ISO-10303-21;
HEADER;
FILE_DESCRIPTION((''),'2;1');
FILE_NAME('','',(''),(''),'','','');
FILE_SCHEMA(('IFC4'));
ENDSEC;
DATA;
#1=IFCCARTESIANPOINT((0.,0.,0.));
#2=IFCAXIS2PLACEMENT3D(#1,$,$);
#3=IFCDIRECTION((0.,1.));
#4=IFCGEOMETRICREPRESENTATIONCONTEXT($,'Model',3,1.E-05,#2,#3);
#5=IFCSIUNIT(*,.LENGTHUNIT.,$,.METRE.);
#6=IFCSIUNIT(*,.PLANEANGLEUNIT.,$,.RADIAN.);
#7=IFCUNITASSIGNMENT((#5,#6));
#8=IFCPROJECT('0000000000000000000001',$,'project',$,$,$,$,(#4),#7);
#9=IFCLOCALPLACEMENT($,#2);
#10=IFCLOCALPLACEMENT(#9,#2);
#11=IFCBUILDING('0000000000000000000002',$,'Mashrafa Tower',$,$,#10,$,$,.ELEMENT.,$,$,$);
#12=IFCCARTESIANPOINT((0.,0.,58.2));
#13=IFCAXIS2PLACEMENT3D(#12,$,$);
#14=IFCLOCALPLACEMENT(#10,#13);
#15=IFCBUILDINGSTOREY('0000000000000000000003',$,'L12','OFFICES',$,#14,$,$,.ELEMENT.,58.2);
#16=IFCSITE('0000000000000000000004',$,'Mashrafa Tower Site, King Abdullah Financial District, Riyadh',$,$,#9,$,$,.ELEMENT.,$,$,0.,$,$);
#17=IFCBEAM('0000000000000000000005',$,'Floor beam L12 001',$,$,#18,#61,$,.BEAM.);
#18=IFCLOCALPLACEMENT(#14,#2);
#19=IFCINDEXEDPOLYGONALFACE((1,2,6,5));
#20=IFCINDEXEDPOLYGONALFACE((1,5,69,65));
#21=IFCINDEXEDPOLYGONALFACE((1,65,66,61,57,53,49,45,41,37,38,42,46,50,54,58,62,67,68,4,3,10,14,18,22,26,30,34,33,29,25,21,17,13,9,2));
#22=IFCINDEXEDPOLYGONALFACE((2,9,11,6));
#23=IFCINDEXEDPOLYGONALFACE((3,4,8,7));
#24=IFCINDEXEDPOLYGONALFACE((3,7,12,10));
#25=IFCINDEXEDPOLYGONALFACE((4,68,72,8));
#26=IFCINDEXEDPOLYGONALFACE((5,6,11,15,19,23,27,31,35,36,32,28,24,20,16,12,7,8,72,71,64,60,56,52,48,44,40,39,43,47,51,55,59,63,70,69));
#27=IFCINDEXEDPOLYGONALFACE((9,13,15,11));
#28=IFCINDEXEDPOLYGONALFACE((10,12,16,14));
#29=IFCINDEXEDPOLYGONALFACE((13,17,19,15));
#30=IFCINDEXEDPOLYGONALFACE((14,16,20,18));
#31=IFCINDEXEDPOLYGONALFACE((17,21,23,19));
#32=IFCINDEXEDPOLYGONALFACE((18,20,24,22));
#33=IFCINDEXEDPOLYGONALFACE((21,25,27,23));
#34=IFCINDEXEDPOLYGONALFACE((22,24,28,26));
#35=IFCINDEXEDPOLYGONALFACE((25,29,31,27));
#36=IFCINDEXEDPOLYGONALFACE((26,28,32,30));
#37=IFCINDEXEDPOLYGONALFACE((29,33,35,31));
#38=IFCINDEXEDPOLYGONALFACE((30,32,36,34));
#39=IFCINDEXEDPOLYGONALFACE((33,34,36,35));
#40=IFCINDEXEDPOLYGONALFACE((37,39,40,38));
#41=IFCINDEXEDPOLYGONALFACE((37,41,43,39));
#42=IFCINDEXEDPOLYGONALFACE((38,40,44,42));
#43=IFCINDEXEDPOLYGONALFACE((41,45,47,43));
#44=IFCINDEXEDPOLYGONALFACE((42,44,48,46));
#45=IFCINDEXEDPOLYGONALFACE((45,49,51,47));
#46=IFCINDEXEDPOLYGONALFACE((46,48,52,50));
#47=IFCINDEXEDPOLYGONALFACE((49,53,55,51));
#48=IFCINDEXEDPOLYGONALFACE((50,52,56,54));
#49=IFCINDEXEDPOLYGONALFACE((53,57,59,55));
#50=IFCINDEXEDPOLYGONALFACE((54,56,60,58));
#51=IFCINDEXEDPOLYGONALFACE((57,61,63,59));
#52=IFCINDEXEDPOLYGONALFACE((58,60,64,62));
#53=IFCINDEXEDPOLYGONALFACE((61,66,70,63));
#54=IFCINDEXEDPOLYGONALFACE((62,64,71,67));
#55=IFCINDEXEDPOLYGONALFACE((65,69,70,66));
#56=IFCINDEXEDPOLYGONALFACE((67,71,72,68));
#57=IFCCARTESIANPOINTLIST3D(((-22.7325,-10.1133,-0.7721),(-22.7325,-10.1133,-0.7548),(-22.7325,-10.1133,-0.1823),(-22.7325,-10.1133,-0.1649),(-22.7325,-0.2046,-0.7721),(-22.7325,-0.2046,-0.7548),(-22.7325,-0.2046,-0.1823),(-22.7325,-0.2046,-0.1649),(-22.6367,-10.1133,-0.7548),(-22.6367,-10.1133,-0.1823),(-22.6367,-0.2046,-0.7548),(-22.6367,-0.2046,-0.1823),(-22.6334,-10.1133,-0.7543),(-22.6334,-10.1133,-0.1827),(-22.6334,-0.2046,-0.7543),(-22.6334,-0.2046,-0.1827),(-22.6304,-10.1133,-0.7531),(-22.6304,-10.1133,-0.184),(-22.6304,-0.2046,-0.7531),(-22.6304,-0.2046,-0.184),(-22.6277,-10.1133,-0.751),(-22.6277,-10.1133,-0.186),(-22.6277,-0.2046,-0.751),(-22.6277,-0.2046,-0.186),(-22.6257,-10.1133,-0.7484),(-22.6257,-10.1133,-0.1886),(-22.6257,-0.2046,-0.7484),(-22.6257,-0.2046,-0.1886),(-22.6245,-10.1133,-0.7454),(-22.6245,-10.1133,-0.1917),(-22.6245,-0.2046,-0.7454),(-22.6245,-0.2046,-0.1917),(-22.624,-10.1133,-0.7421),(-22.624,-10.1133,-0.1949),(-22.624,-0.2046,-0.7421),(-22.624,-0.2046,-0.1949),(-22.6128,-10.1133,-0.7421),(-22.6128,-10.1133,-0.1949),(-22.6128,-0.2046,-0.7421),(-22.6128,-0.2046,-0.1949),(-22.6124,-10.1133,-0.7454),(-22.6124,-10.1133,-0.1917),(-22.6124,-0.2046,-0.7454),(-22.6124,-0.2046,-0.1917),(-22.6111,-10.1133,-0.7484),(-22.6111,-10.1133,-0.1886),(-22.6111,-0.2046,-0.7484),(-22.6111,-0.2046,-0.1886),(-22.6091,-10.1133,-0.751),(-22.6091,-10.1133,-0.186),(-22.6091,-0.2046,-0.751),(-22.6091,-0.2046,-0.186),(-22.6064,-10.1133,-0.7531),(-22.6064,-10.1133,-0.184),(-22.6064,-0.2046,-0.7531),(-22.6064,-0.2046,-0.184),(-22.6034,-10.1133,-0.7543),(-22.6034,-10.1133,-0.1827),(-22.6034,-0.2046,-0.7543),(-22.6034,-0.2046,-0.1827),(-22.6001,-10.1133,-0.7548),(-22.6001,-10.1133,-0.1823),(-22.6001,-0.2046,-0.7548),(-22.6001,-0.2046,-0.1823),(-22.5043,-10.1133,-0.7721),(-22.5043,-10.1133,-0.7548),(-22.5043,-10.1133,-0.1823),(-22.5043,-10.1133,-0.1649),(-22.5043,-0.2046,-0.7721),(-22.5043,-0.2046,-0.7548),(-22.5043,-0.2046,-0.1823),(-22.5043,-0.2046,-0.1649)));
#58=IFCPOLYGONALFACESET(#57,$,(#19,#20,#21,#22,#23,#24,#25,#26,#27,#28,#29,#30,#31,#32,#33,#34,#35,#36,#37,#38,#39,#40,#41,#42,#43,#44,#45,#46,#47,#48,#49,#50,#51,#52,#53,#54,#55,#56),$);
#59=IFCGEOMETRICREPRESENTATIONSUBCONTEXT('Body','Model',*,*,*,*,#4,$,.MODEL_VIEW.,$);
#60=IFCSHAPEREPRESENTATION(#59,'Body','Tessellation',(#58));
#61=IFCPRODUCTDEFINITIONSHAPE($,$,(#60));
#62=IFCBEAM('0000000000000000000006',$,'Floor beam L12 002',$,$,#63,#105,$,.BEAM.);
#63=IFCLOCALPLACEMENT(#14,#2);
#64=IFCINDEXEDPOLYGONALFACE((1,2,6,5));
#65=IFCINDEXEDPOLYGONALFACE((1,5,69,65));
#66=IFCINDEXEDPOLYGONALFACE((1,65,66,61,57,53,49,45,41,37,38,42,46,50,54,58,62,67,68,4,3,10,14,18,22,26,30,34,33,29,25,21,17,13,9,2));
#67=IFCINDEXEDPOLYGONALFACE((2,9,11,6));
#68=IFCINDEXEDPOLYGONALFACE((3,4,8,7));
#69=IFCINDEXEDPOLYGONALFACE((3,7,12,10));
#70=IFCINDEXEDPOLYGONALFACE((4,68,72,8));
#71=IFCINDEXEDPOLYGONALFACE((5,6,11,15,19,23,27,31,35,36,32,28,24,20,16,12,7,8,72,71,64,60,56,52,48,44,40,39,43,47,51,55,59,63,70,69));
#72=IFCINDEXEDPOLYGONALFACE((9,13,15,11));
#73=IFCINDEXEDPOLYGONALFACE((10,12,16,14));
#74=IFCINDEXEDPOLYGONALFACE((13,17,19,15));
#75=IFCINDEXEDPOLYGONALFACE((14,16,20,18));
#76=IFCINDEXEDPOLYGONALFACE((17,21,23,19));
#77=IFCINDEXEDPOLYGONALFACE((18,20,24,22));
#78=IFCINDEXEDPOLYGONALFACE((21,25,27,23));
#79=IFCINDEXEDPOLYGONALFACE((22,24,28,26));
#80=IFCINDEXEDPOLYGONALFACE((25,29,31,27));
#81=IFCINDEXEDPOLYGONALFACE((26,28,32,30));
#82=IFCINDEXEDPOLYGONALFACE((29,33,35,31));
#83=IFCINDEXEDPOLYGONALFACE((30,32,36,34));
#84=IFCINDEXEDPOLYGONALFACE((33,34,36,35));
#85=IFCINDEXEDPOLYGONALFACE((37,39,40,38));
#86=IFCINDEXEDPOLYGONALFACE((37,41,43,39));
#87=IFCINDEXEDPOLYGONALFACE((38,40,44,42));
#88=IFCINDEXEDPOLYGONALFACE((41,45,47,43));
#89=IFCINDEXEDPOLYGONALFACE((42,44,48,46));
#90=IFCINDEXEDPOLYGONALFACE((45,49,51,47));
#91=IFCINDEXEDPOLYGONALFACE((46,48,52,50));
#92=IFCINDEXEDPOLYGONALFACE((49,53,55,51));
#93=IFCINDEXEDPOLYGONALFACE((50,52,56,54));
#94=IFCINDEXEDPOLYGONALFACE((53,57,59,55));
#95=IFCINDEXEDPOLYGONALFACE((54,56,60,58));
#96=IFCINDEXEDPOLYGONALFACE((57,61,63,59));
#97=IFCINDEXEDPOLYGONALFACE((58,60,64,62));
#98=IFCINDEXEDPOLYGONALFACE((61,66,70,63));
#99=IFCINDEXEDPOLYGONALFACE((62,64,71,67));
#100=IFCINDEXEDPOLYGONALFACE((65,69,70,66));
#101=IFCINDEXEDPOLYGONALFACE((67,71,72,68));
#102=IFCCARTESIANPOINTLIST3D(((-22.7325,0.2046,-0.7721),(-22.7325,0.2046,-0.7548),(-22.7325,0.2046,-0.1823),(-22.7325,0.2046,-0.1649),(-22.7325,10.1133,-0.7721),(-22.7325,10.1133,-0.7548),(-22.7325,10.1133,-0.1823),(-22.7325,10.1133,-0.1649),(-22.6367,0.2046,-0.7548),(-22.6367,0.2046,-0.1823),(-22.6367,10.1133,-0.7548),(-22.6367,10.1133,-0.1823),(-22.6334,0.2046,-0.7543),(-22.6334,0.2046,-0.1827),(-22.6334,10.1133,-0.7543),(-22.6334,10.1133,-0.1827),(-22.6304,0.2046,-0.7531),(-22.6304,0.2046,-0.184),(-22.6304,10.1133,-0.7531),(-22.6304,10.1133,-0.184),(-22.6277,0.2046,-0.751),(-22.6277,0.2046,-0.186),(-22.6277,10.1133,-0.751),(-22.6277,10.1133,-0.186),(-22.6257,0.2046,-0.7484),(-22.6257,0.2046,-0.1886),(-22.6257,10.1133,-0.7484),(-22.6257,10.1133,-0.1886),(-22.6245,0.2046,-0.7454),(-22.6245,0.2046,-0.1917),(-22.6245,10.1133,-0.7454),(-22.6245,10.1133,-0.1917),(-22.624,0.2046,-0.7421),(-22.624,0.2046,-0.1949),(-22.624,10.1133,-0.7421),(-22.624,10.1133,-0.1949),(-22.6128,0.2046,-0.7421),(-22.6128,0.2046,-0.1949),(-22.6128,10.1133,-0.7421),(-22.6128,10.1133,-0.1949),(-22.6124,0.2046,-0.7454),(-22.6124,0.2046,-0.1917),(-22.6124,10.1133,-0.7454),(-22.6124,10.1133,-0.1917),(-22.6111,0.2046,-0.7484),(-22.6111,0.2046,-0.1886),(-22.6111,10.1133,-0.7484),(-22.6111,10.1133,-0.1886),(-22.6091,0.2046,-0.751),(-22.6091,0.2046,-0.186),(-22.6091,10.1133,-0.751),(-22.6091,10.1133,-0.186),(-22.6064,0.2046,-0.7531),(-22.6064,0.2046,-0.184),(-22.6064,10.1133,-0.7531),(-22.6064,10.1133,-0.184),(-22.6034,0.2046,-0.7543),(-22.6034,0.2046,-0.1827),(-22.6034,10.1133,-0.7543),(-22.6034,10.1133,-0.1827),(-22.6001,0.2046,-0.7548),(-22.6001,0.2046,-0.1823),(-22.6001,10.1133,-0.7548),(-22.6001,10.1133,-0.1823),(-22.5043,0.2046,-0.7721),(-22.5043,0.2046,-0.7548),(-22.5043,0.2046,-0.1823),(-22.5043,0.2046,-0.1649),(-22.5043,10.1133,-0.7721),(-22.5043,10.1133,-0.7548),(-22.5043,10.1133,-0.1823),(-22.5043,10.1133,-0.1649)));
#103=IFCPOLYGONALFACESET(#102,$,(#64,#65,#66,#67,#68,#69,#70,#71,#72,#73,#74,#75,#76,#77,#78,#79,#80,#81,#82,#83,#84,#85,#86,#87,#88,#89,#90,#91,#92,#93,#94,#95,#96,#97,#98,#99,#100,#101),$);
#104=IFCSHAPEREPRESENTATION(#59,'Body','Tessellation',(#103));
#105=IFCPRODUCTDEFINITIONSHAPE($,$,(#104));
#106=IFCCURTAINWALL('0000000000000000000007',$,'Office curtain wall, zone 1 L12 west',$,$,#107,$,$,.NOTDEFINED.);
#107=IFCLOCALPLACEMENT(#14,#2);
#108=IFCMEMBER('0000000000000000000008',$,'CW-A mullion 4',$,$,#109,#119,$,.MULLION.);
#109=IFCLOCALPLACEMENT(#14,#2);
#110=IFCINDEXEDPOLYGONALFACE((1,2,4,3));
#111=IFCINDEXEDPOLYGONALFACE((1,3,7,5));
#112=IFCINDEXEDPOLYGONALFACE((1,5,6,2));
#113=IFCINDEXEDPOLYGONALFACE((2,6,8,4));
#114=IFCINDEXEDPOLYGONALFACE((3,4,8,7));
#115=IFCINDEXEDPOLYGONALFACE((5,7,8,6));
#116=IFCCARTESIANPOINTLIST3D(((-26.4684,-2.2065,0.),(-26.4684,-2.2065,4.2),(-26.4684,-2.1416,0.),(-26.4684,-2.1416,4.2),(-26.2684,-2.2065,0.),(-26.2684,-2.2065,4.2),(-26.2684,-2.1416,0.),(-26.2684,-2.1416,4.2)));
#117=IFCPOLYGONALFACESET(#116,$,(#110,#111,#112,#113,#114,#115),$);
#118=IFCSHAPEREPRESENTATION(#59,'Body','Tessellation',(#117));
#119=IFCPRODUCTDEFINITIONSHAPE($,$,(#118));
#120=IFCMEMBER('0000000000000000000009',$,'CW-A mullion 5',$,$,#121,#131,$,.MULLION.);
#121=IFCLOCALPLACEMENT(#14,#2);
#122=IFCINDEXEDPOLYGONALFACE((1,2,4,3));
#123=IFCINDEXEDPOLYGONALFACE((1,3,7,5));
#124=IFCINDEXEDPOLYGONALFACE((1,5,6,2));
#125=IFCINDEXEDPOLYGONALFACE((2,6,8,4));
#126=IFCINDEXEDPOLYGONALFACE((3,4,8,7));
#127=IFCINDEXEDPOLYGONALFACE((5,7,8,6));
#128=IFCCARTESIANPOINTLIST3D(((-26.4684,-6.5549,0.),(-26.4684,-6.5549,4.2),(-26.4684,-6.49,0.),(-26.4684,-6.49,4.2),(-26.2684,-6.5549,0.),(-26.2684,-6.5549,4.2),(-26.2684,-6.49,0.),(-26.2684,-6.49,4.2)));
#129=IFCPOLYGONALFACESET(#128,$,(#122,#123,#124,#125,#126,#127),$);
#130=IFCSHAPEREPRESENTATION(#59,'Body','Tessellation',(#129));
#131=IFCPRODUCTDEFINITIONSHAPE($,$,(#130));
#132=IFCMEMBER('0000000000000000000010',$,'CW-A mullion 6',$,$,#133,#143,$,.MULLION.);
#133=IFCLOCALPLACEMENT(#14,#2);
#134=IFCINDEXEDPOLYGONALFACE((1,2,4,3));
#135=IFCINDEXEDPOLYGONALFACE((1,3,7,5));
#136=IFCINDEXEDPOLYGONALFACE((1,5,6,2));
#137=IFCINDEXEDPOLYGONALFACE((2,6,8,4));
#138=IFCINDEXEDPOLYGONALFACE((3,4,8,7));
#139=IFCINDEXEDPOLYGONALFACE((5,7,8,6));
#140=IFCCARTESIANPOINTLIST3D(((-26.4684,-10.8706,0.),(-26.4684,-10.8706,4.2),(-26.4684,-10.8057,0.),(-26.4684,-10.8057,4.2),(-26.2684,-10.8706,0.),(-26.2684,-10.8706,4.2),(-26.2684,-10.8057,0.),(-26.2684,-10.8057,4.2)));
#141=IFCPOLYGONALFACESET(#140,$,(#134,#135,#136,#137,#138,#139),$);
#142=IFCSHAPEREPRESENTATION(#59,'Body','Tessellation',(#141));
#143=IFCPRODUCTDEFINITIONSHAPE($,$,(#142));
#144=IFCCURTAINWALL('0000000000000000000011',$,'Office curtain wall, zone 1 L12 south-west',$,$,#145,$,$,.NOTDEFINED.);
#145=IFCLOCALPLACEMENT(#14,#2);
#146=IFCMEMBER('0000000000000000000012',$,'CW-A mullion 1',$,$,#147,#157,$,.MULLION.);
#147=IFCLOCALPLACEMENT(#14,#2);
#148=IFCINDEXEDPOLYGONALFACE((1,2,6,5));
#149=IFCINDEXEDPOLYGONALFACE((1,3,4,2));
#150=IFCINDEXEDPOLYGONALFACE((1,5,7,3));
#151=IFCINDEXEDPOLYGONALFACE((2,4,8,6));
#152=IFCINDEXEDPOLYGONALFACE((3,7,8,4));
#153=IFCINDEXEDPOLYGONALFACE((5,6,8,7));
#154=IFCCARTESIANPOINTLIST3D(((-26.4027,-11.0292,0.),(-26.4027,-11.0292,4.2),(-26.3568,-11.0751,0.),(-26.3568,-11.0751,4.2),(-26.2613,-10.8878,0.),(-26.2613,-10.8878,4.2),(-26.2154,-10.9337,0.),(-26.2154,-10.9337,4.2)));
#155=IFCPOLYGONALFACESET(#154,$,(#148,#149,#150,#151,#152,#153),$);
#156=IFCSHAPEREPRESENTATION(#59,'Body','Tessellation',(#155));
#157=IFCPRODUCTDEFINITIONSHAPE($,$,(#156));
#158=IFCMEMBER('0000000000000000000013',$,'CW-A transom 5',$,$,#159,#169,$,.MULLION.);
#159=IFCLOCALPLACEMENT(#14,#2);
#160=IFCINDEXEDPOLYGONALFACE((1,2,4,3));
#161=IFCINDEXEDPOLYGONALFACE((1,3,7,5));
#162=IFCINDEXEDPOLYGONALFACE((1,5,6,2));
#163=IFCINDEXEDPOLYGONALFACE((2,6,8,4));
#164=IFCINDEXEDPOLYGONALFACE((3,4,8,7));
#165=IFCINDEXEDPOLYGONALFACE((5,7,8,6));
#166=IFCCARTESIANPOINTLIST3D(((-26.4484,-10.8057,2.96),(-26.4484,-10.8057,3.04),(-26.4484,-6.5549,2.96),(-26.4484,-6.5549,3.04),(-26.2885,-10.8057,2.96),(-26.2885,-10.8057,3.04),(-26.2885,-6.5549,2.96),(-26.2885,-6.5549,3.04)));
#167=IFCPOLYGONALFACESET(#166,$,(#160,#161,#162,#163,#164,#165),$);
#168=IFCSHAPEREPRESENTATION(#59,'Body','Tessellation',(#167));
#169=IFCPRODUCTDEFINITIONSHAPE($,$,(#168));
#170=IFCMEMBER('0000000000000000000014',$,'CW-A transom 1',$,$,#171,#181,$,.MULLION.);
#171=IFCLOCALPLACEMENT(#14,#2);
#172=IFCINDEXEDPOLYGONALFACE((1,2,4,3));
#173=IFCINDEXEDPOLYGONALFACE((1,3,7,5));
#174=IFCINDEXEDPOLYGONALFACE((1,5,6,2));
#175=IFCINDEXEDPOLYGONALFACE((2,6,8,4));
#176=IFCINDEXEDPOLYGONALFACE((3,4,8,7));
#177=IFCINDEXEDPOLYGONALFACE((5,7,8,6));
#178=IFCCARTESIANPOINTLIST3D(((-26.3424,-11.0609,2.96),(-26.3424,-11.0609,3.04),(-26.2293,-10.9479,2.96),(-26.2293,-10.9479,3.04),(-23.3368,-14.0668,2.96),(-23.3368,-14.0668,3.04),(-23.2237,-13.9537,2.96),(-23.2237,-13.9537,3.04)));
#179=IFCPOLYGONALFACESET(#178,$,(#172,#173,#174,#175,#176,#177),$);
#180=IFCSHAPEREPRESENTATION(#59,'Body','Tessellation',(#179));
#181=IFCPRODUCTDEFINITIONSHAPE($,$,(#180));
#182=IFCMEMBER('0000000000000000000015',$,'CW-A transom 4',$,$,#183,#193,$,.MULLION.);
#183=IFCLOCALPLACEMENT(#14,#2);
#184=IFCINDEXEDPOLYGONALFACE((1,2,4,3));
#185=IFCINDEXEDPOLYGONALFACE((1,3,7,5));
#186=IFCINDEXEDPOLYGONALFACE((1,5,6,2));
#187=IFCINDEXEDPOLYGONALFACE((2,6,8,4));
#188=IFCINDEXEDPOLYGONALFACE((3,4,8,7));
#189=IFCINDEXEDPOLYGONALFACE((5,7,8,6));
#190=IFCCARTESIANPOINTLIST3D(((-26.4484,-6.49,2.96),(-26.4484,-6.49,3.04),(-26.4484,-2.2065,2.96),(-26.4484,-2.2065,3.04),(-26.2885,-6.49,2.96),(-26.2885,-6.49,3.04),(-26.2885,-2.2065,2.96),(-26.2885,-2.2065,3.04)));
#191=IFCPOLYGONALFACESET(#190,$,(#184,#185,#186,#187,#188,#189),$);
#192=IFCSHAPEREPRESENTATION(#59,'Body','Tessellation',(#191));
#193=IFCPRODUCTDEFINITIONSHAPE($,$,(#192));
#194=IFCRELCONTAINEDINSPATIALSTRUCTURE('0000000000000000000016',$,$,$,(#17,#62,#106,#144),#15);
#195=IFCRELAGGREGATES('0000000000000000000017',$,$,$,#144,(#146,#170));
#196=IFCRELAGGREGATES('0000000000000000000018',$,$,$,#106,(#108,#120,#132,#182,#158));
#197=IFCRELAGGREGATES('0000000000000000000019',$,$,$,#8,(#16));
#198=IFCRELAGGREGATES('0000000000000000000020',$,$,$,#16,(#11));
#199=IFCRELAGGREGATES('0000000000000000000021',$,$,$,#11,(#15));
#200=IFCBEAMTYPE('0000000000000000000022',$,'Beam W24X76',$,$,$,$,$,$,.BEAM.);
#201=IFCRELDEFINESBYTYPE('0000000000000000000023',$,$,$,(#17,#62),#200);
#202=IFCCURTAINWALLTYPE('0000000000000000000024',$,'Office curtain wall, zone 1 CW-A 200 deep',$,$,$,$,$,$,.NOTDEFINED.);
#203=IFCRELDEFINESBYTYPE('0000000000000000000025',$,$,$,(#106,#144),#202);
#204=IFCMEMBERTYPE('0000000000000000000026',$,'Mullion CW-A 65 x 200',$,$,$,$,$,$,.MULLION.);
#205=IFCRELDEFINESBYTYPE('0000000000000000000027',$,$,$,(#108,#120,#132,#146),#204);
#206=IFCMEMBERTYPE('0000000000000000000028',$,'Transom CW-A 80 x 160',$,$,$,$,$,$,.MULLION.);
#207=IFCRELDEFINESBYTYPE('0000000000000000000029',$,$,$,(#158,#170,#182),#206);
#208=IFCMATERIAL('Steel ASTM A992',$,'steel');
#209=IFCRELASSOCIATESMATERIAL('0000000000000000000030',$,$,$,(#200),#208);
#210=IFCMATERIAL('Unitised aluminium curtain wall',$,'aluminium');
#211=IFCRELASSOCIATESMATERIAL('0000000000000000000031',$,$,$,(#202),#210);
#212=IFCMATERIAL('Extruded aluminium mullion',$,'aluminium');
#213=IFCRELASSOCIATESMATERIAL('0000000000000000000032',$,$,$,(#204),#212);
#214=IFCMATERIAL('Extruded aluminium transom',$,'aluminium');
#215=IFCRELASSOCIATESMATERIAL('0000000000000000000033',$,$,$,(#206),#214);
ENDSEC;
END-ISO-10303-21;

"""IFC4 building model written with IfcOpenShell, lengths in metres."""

from ifc_helpers import new_model, si_unit, direction, frame, origin, origin_2d, place, context, subcontext, project, spatial, rectangle, i_section, extrude, source, transform, mapped, material, material_profile, profile_set, type_object, type_shapes, element, aggregate, save


model = new_model("IFC4")

# Units and contexts
model_context = context("Model", 3, precision=1e-05, world=origin(), true_north=direction((0.0, 1.0)))
body_context = subcontext(model_context, "Body", "Model", "MODEL_VIEW")
ifc_project = project(units=[si_unit("LENGTHUNIT", "METRE"), si_unit("PLANEANGLEUNIT", "RADIAN")], contexts=[model_context])

# Site, building, storey
site_placement = place(None, origin())
site = spatial("IfcSite", under=ifc_project, at=site_placement, Name="Mashrafa Tower Site, King Abdullah Financial District, Riyadh", CompositionType="ELEMENT", RefElevation=0.0)
building_placement = place(site_placement, origin())
building = spatial("IfcBuilding", under=site, at=building_placement, Name="Mashrafa Tower", CompositionType="ELEMENT")
storey_placement = place(building_placement, frame((0.0, 0.0, 58.2)))
storey = spatial("IfcBuildingStorey", under=building, at=storey_placement, Name="L12", Description="OFFICES", CompositionType="ELEMENT", Elevation=58.2)

# Beams
ifc_material_1 = material(Name="Steel ASTM A992", Category="steel")
ifc_material_profile_1 = material_profile(ifc_material_1, i_section(OverallWidth=0.2283, OverallDepth=0.6072, WebThickness=0.0112, FlangeThickness=0.0173, FilletRadius=0.0127, at=origin_2d()), Name="W24X76")
ifc_profile_set_1 = profile_set([ifc_material_profile_1], Name="Steel ASTM A992")
beam_type_1 = type_object("IfcBeamType", Name="Beam W24X76", PredefinedType="BEAM", material=ifc_profile_set_1)
for number, where, z_axis, x_axis, name in (
    (1, (-22.6184, -10.1133, -0.4685), (0.0, 1.0, 0.0), (-1.0, 0.0, 0.0), "Floor beam L12 001"),
    (2, (-22.6184, 0.2046, -0.4685), (0.0, 1.0, 0.0), (-1.0, 0.0, 0.0), "Floor beam L12 002"),
):
    element("IfcBeam", number, at=place(storey_placement, frame(where, z_axis=z_axis, x_axis=x_axis)), inside=storey, type_object=beam_type_1, Name=name, PredefinedType="BEAM", context=body_context, shape_type="SweptSolid", body=[
        extrude(i_section(OverallWidth=0.2283, OverallDepth=0.6072, WebThickness=0.0112, FlangeThickness=0.0173, FilletRadius=0.0127, at=origin_2d()), origin(), (0.0, 0.0, 1.0), 9.9087),
    ])

# Curtain wall, members
ifc_material_2 = material(Name="Unitised aluminium curtain wall", Category="aluminium")
curtain_wall_type = type_object("IfcCurtainWallType", Name="Office curtain wall, zone 1 CW-A 200 deep", PredefinedType="NOTDEFINED", material=ifc_material_2)
curtain_wall_1_placement = place(storey_placement, origin())
curtain_wall_1 = element("IfcCurtainWall", 3, at=curtain_wall_1_placement, inside=storey, type_object=curtain_wall_type, Name="Office curtain wall, zone 1 L12 west", PredefinedType="NOTDEFINED")
ifc_material_3 = material(Name="Extruded aluminium mullion", Category="aluminium")
ifc_material_profile_2 = material_profile(ifc_material_3, rectangle(XDim=0.2, YDim=0.0649, at=origin_2d()), Name="Mullion 65x200")
ifc_profile_set_2 = profile_set([ifc_material_profile_2], Name="Extruded aluminium mullion")
member_type_1 = type_object("IfcMemberType", Name="Mullion CW-A 65 x 200", PredefinedType="MULLION", material=ifc_profile_set_2)
shared_shape_1 = source(origin(), body_context, "Body", "SweptSolid", [
    extrude(rectangle(XDim=0.2, YDim=0.0649, at=origin_2d()), origin(), (0.0, 0.0, 1.0), 4.2),
])
type_shapes(member_type_1, [shared_shape_1])
member_1_placement = place(storey_placement, frame((-26.3684, -2.1741, 0.0), z_axis=(0.0, 0.0, 1.0), x_axis=(1.0, 0.0, 0.0)))
member_1 = element("IfcMember", 4, at=member_1_placement, type_object=member_type_1, Name="CW-A mullion 4", PredefinedType="MULLION", context=body_context, shape_type="MappedRepresentation", body=[
    mapped(shared_shape_1, transform((0.0, 0.0, 0.0))),
])
member_2_placement = place(storey_placement, frame((-26.3684, -6.5225, 0.0), z_axis=(0.0, 0.0, 1.0), x_axis=(1.0, 0.0, 0.0)))
member_2 = element("IfcMember", 5, at=member_2_placement, type_object=member_type_1, Name="CW-A mullion 5", PredefinedType="MULLION", context=body_context, shape_type="MappedRepresentation", body=[
    mapped(shared_shape_1, transform((0.0, 0.0, 0.0))),
])
member_3_placement = place(storey_placement, frame((-26.3684, -10.8381, 0.0), z_axis=(0.0, 0.0, 1.0), x_axis=(1.0, 0.0, 0.0)))
member_3 = element("IfcMember", 6, at=member_3_placement, type_object=member_type_1, Name="CW-A mullion 6", PredefinedType="MULLION", context=body_context, shape_type="MappedRepresentation", body=[
    mapped(shared_shape_1, transform((0.0, 0.0, 0.0))),
])

# Curtain wall, member
curtain_wall_2_placement = place(storey_placement, origin())
curtain_wall_2 = element("IfcCurtainWall", 7, at=curtain_wall_2_placement, inside=storey, type_object=curtain_wall_type, Name="Office curtain wall, zone 1 L12 south-west", PredefinedType="NOTDEFINED")
member_4_placement = place(storey_placement, frame((-26.3091, -10.9814, 0.0), z_axis=(0.0, 0.0, 1.0), x_axis=(0.707107, 0.707107, 0.0)))
member_4 = element("IfcMember", 8, at=member_4_placement, type_object=member_type_1, Name="CW-A mullion 1", PredefinedType="MULLION", context=body_context, shape_type="MappedRepresentation", body=[
    mapped(shared_shape_1, transform((0.0, 0.0, 0.0))),
])

# Members
ifc_material_4 = material(Name="Extruded aluminium transom", Category="aluminium")
ifc_material_profile_3 = material_profile(ifc_material_4, rectangle(XDim=0.1599, YDim=0.0801, at=origin_2d()), Name="Transom 80x160")
ifc_profile_set_3 = profile_set([ifc_material_profile_3], Name="Extruded aluminium transom")
member_type_2 = type_object("IfcMemberType", Name="Transom CW-A 80 x 160", PredefinedType="MULLION", material=ifc_profile_set_3)
shared_shape_2 = source(origin(), body_context, "Body", "SweptSolid", [
    extrude(rectangle(XDim=0.1599, YDim=0.0801, at=origin_2d()), origin(), (0.0, 0.0, 1.0), 4.2507),
])
member_5_placement = place(storey_placement, frame((-26.3684, -6.5549, 3.0), z_axis=(0.0, -1.0, 0.0), x_axis=(1.0, 0.0, 0.0)))
member_5 = element("IfcMember", 9, at=member_5_placement, type_object=member_type_2, Name="CW-A transom 5", PredefinedType="MULLION", context=body_context, shape_type="MappedRepresentation", body=[
    mapped(shared_shape_2, transform((0.0, 0.0, 0.0))),
])
member_6_placement = place(storey_placement, frame((-26.2859, -11.0044, 3.0), z_axis=(0.707078, -0.707135, 0.0), x_axis=(0.707135, 0.707078, 0.0)))
member_6 = element("IfcMember", 10, at=member_6_placement, type_object=member_type_2, Name="CW-A transom 1", PredefinedType="MULLION", context=body_context, shape_type="MappedRepresentation", body=[
    mapped(shared_shape_2, transform((0.0, 0.0, 0.0))),
])
aggregate(curtain_wall_2, [member_4, member_6])
shared_shape_3 = source(origin(), body_context, "Body", "SweptSolid", [
    extrude(rectangle(XDim=0.1599, YDim=0.0801, at=origin_2d()), origin(), (0.0, 0.0, 1.0), 4.2834),
])
type_shapes(member_type_2, [shared_shape_2, shared_shape_3])
member_7_placement = place(storey_placement, frame((-26.3684, -2.2065, 3.0), z_axis=(0.0, -1.0, 0.0), x_axis=(1.0, 0.0, 0.0)))
member_7 = element("IfcMember", 11, at=member_7_placement, type_object=member_type_2, Name="CW-A transom 4", PredefinedType="MULLION", context=body_context, shape_type="MappedRepresentation", body=[
    mapped(shared_shape_3, transform((0.0, 0.0, 0.0))),
])

aggregate(curtain_wall_1, [member_1, member_2, member_3, member_7, member_5])

save(model, "model.ifc")
